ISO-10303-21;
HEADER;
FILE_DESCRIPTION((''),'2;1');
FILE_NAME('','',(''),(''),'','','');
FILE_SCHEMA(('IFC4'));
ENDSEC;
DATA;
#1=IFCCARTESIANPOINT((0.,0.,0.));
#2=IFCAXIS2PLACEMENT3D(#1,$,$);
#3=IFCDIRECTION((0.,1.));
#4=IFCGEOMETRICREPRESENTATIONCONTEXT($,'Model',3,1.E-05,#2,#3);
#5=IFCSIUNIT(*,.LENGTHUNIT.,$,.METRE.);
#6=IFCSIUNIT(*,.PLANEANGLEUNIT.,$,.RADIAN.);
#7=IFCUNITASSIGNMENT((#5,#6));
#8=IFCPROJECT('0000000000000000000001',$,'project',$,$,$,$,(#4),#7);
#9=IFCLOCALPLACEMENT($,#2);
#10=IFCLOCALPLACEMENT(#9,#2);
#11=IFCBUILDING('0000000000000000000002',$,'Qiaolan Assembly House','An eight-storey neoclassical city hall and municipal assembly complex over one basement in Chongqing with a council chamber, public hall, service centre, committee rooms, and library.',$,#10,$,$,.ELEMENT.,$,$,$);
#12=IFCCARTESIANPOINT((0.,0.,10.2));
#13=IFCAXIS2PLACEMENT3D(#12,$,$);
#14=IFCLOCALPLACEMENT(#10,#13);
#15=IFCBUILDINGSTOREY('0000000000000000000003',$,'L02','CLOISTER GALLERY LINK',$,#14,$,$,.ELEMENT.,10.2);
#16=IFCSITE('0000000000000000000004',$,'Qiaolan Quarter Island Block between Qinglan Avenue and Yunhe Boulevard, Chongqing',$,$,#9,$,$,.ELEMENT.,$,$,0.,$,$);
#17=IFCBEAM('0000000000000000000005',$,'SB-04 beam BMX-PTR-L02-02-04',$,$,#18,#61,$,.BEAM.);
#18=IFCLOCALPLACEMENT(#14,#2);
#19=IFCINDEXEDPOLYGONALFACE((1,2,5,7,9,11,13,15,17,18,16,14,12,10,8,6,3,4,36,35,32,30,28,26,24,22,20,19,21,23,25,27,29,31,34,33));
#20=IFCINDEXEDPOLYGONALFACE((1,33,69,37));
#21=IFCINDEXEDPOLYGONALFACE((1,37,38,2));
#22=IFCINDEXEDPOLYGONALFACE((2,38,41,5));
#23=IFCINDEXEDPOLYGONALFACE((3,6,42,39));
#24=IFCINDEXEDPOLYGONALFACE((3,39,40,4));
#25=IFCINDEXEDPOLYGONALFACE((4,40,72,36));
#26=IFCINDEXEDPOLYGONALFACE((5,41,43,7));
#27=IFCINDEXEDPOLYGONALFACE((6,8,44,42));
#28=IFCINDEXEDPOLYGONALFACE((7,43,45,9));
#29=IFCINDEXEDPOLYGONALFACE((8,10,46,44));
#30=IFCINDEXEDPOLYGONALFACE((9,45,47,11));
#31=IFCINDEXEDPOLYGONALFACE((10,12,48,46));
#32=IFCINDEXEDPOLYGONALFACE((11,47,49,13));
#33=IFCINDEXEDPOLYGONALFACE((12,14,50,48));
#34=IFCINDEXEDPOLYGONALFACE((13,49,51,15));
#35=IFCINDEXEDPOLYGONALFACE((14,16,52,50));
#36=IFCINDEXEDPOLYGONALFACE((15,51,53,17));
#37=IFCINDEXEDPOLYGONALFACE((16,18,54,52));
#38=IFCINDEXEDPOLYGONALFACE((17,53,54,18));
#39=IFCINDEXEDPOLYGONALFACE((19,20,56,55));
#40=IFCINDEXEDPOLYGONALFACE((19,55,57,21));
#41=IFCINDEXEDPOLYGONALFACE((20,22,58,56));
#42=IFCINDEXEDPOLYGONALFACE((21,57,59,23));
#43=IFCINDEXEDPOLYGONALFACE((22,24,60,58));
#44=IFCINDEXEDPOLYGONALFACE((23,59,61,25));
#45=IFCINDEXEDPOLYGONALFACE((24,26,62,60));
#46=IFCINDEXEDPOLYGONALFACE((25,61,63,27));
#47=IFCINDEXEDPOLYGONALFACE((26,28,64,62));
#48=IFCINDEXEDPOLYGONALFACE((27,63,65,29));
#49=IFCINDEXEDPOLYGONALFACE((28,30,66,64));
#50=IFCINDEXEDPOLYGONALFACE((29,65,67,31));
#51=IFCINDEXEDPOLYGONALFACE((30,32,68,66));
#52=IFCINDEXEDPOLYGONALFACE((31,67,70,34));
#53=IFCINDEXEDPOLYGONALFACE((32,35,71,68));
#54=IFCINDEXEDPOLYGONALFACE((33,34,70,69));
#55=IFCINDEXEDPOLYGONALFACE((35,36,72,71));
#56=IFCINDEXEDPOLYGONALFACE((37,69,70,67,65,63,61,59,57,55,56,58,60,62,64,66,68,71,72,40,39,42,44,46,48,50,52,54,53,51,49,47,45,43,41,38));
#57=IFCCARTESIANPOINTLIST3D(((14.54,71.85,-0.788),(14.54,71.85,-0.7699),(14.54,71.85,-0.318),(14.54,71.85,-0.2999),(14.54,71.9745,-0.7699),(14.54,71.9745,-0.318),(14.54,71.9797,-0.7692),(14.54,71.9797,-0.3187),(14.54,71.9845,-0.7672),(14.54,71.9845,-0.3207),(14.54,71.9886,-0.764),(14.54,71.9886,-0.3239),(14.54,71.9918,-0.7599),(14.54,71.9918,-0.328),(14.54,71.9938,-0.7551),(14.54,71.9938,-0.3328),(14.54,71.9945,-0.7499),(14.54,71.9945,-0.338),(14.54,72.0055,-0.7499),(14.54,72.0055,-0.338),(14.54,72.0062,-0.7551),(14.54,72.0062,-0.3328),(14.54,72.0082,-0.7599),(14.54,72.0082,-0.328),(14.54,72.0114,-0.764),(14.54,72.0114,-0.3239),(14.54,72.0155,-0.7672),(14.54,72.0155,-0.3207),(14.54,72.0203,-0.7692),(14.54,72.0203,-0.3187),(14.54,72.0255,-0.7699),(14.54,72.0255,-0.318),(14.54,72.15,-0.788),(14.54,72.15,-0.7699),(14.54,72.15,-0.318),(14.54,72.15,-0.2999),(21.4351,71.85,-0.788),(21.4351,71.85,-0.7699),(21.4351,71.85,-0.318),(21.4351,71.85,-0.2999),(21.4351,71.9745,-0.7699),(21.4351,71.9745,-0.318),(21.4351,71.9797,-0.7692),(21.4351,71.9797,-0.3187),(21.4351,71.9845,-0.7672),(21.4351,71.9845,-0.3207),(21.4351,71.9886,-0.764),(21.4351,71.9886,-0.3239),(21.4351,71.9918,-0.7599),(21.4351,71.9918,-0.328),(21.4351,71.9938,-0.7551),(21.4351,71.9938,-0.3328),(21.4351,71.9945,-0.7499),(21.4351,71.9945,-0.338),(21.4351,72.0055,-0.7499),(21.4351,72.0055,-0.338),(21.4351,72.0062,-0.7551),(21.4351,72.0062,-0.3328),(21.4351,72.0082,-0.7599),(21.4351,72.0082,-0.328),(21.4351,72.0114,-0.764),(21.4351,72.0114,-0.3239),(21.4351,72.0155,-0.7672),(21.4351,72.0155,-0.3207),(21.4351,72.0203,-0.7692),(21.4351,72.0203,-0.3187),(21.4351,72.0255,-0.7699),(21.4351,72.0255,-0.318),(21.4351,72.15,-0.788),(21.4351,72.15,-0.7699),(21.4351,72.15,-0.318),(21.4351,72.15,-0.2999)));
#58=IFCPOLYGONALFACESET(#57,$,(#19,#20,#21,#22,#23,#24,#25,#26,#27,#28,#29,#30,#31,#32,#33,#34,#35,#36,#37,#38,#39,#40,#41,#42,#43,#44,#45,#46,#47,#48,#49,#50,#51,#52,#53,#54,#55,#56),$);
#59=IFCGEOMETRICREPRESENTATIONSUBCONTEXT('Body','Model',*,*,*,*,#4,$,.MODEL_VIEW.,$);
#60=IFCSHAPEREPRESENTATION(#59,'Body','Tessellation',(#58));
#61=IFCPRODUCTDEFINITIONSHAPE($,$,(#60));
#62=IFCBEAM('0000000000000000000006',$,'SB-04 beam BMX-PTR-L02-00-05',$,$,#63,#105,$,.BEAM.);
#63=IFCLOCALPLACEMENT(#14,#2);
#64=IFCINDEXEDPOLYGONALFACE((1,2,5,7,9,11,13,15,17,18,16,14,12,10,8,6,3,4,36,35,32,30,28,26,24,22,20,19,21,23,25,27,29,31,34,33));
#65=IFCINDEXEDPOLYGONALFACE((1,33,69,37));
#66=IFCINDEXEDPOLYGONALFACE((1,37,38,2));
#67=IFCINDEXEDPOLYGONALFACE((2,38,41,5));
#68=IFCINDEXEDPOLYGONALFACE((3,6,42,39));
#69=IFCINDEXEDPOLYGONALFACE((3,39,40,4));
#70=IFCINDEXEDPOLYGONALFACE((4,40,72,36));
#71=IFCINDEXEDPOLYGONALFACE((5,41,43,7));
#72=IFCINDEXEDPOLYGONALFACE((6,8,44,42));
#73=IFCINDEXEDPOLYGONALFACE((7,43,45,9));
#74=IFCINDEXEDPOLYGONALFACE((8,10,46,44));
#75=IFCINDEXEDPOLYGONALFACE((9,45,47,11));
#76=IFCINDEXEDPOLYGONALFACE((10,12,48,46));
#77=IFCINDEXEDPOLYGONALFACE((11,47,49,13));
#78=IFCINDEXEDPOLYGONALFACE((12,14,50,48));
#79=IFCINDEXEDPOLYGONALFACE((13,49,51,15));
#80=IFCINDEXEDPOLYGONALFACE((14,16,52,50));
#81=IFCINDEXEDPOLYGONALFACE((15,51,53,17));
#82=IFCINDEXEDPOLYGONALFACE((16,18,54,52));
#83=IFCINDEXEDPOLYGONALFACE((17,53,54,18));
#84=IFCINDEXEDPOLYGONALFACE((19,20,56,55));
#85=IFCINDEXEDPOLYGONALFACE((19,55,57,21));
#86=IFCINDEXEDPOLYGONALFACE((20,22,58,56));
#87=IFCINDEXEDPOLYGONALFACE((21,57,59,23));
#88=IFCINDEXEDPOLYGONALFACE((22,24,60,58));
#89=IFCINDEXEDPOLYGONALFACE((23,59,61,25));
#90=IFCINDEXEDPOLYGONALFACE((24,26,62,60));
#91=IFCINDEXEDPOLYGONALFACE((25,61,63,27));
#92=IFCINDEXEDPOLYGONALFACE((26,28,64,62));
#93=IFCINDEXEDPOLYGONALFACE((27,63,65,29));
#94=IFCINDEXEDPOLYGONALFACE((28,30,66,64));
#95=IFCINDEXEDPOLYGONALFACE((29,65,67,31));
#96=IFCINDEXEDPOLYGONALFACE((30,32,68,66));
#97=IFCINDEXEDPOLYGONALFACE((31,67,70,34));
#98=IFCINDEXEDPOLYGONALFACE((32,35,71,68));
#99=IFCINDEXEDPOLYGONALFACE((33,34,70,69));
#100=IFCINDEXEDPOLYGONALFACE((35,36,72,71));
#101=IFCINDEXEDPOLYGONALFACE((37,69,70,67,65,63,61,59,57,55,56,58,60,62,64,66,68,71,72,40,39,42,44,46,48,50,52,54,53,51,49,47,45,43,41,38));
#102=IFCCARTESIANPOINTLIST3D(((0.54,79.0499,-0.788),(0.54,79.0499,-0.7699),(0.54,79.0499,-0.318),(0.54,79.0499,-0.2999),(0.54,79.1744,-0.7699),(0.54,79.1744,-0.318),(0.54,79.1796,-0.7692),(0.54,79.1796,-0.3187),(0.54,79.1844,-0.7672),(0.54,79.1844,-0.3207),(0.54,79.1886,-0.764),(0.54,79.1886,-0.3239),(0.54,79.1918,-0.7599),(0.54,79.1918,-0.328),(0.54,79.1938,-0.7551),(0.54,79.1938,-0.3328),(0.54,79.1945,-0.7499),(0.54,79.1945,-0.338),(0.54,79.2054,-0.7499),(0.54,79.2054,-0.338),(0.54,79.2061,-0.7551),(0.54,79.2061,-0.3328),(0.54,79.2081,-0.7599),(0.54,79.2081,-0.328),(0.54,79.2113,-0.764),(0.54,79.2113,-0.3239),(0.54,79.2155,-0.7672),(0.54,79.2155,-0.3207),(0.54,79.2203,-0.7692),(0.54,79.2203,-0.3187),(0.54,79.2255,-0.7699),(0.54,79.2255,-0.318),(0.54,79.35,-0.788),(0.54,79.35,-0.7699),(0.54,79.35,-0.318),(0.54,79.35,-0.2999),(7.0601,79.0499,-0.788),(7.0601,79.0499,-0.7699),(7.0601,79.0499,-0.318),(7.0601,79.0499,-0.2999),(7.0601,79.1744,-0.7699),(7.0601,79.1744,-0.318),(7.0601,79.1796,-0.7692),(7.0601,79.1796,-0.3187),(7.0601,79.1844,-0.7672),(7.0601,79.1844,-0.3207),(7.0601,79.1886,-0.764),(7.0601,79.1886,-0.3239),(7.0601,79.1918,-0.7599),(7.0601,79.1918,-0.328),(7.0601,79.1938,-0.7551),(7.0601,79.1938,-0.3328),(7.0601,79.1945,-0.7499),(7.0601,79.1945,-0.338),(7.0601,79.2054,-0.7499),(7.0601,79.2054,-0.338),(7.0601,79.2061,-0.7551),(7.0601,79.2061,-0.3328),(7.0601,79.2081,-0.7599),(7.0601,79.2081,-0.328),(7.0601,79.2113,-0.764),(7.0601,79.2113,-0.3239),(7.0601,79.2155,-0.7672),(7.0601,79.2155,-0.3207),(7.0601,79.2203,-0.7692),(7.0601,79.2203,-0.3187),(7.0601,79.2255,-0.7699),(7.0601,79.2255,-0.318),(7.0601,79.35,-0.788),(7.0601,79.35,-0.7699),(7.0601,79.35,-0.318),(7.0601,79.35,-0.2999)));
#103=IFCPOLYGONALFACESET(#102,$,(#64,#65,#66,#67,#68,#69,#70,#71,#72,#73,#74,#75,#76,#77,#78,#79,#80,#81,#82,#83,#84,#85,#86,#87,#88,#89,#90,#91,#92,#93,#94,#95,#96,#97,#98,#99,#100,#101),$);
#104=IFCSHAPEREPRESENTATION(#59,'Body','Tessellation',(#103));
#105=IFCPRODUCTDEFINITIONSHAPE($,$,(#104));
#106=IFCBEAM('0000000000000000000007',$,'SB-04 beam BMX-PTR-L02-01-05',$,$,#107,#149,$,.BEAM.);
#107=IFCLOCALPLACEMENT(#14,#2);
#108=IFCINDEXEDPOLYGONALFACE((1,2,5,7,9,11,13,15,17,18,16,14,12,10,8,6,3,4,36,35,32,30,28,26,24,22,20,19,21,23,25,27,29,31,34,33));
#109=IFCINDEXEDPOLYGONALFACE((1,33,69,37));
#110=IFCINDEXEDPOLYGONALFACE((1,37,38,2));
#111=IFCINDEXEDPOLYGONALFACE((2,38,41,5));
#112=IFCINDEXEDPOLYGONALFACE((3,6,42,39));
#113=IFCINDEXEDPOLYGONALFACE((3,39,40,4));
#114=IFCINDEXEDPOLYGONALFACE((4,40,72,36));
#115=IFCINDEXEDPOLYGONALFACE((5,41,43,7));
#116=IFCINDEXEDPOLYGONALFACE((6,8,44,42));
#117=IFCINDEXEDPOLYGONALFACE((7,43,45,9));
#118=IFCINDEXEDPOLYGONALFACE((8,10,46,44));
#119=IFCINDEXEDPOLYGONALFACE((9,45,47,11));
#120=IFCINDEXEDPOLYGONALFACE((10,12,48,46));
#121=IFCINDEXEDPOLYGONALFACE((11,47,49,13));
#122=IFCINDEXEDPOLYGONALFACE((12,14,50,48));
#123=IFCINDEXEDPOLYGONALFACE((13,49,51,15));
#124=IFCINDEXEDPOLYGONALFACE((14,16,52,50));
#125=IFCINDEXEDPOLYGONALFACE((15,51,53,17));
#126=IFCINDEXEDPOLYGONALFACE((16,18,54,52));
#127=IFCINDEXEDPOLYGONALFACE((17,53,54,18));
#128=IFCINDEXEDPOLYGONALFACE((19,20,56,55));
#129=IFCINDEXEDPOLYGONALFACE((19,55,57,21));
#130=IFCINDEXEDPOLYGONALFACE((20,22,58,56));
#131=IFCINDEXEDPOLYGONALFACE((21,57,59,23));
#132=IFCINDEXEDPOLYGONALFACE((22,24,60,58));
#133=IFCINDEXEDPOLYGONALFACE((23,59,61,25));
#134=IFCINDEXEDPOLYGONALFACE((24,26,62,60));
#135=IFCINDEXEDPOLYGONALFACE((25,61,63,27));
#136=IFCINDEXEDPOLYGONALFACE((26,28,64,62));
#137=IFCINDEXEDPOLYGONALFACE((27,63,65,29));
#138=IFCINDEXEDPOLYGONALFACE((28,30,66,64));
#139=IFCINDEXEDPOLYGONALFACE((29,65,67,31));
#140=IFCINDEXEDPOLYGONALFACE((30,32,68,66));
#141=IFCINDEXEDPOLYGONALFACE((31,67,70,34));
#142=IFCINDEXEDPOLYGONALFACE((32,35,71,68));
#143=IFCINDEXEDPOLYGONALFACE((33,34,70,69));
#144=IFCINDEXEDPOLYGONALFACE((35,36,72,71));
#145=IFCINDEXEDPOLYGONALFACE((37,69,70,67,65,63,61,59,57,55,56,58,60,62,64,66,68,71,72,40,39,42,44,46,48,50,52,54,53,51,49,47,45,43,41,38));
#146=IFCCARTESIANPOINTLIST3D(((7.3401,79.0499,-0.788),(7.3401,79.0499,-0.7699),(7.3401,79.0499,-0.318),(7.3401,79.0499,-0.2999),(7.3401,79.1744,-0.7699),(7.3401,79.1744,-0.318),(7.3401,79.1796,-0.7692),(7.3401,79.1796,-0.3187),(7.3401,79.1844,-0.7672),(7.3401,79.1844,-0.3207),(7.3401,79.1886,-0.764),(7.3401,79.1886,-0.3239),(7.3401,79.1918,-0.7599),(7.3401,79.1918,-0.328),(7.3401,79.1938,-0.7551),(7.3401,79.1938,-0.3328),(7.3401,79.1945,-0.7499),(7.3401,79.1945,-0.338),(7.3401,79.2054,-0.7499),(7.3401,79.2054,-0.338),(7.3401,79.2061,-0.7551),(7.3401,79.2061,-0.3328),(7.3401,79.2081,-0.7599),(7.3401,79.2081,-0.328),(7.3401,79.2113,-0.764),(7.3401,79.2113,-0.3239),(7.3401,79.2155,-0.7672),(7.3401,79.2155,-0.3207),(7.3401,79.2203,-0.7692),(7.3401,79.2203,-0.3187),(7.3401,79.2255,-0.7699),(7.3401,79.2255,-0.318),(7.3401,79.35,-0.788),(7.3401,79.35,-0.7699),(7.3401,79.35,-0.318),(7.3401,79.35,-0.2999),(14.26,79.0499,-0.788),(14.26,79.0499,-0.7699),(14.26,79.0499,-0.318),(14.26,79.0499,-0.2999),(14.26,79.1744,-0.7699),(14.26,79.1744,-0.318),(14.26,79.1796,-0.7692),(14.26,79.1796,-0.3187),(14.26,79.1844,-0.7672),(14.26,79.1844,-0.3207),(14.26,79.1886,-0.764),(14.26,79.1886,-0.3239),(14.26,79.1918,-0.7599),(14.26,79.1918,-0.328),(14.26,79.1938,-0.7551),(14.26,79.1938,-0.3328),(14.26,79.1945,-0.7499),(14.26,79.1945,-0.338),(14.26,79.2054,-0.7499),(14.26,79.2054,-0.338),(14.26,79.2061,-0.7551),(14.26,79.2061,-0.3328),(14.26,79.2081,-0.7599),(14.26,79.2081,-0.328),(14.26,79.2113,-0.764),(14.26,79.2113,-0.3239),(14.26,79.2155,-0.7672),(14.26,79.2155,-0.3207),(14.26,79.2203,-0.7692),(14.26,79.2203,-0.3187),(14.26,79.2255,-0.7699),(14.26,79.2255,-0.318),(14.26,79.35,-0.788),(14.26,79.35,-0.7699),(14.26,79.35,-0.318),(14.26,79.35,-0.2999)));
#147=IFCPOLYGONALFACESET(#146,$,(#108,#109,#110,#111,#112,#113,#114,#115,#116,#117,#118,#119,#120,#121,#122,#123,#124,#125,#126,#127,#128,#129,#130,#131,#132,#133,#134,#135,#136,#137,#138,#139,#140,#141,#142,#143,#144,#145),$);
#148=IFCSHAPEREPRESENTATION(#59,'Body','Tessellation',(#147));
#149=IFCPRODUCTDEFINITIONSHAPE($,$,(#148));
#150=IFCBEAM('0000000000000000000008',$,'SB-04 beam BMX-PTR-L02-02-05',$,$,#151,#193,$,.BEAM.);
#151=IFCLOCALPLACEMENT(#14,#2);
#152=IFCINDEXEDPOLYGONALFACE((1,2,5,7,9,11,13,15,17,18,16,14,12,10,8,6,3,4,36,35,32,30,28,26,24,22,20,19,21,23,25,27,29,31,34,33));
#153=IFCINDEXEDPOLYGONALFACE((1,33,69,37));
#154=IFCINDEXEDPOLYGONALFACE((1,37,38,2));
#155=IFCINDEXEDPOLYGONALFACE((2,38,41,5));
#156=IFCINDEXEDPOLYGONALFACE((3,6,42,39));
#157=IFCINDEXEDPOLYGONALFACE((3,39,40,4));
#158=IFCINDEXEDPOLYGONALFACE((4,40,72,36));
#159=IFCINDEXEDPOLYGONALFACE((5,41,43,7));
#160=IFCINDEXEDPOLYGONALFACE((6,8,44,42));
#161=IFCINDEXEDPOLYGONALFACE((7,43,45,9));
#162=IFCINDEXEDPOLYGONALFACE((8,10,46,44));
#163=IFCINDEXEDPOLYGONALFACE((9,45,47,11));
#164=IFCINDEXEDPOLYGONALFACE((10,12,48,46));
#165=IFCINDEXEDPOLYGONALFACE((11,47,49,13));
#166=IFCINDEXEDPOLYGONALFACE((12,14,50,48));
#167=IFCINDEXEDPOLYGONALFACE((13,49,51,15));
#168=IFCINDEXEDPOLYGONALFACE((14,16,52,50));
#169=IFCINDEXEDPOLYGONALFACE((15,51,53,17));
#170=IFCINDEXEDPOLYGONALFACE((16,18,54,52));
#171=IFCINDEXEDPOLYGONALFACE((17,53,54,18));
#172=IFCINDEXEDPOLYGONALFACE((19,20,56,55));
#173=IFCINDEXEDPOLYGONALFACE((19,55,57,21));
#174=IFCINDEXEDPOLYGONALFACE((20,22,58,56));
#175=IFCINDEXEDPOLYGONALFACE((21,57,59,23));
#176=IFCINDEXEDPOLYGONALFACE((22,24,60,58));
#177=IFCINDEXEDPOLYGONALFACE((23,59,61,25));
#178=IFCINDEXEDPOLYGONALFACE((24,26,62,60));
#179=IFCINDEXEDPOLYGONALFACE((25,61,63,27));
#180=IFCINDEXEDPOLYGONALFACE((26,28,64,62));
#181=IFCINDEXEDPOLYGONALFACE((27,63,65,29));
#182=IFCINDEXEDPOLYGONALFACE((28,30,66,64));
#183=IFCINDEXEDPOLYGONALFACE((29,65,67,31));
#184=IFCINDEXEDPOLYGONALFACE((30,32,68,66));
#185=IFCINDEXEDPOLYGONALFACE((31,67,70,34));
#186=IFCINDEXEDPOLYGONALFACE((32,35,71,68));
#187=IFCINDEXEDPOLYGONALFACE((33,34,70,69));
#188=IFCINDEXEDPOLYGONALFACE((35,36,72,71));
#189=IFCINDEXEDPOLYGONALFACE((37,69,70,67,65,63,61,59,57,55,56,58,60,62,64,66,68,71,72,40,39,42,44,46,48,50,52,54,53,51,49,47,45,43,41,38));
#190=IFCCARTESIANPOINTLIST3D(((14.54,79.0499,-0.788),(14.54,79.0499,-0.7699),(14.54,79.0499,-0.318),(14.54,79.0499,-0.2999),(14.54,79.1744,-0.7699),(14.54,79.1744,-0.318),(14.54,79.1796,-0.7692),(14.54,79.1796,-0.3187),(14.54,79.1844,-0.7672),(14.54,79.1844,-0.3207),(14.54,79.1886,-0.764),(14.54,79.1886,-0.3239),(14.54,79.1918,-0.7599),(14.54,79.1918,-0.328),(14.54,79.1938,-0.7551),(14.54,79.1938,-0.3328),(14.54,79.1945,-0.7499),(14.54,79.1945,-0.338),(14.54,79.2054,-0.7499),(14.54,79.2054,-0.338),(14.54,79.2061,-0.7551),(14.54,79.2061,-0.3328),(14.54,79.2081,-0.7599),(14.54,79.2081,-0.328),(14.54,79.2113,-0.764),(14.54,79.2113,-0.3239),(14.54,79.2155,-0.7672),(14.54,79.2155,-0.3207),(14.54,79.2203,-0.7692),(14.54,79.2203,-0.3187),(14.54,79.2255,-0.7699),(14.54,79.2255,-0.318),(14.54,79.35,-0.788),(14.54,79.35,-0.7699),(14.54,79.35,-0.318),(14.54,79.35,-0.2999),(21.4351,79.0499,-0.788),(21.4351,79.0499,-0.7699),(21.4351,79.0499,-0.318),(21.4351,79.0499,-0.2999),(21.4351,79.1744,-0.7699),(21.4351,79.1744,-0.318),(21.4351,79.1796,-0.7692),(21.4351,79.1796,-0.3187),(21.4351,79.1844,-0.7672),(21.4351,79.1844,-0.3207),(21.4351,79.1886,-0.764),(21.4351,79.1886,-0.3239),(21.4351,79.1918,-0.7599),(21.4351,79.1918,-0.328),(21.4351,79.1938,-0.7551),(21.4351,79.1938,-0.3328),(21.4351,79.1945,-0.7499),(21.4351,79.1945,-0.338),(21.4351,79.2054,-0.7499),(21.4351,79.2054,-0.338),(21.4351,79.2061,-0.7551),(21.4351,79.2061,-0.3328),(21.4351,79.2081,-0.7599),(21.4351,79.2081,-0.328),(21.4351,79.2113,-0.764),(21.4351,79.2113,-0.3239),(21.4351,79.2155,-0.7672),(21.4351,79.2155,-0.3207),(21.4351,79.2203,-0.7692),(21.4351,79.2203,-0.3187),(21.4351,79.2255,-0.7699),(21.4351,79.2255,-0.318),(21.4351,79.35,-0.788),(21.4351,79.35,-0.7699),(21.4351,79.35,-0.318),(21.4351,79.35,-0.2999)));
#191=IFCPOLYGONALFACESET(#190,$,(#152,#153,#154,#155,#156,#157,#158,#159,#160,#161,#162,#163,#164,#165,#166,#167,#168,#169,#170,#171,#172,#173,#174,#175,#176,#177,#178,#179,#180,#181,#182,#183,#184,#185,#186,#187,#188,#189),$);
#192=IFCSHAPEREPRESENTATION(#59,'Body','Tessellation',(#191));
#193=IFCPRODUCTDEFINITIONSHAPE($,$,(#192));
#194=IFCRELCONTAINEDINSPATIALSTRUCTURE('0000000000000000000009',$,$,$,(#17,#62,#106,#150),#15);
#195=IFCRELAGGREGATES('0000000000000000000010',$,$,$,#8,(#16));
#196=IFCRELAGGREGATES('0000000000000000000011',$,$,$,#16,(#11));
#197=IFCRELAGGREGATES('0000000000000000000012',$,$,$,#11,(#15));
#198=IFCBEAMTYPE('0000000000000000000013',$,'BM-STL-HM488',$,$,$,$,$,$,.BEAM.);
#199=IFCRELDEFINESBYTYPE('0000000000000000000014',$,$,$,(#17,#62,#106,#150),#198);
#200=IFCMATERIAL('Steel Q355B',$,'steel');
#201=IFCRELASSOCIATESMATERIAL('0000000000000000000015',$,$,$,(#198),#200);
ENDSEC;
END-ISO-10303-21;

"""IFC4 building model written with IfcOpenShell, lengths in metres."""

from ifc_helpers import new_model, si_unit, direction, frame, origin, origin_2d, place, context, subcontext, project, spatial, i_section, extrude, material, material_profile, profile_set, type_object, element, save


model = new_model("IFC4")

# Units and contexts
model_context = context("Model", 3, precision=1e-05, world=origin(), true_north=direction((0.0, 1.0)))
body_context = subcontext(model_context, "Body", "Model", "MODEL_VIEW")
ifc_project = project(units=[si_unit("LENGTHUNIT", "METRE"), si_unit("PLANEANGLEUNIT", "RADIAN")], contexts=[model_context])

# Site, building, storey
site_placement = place(None, origin())
site = spatial("IfcSite", under=ifc_project, at=site_placement, Name="Qiaolan Quarter Island Block between Qinglan Avenue and Yunhe Boulevard, Chongqing", CompositionType="ELEMENT", RefElevation=0.0)
building_placement = place(site_placement, origin())
building = spatial("IfcBuilding", under=site, at=building_placement, Name="Qiaolan Assembly House", Description="An eight-storey neoclassical city hall and municipal assembly complex over one basement in Chongqing with a council chamber, public hall, service centre, committee rooms, and library.", CompositionType="ELEMENT")
storey_placement = place(building_placement, frame((0.0, 0.0, 10.2)))
storey = spatial("IfcBuildingStorey", under=building, at=storey_placement, Name="L02", Description="CLOISTER GALLERY LINK", CompositionType="ELEMENT", Elevation=10.2)

# Shared definitions
ifc_material_1 = material(Name="Steel Q355B", Category="steel")

# Beams
ifc_material_profile_1 = material_profile(ifc_material_1, i_section(OverallWidth=0.3, OverallDepth=0.488, WebThickness=0.011, FlangeThickness=0.0181, FilletRadius=0.02, at=origin_2d()), Name="HM 488x300x11x18")
ifc_profile_set_1 = profile_set([ifc_material_profile_1], Name="Steel Q355B")
beam_type_1 = type_object("IfcBeamType", Name="BM-STL-HM488", PredefinedType="BEAM", material=ifc_profile_set_1)
beam_1_placement = place(storey_placement, frame((14.54, 72.0, -0.5439), z_axis=(1.0, 0.0, 0.0), x_axis=(0.0, 1.0, 0.0)))
element("IfcBeam", 1, at=beam_1_placement, inside=storey, type_object=beam_type_1, Name="SB-04 beam BMX-PTR-L02-02-04", PredefinedType="BEAM", context=body_context, shape_type="SweptSolid", body=[
    extrude(i_section(OverallWidth=0.3, OverallDepth=0.488, WebThickness=0.011, FlangeThickness=0.0181, FilletRadius=0.02, at=origin_2d()), origin(), (0.0, 0.0, 1.0), 6.895),
])
beam_2_placement = place(storey_placement, frame((0.54, 79.2, -0.5439), z_axis=(1.0, 0.0, 0.0), x_axis=(0.0, 1.0, 0.0)))
element("IfcBeam", 2, at=beam_2_placement, inside=storey, type_object=beam_type_1, Name="SB-04 beam BMX-PTR-L02-00-05", PredefinedType="BEAM", context=body_context, shape_type="SweptSolid", body=[
    extrude(i_section(OverallWidth=0.3, OverallDepth=0.488, WebThickness=0.011, FlangeThickness=0.0181, FilletRadius=0.02, at=origin_2d()), origin(), (0.0, 0.0, 1.0), 6.52),
])
beam_3_placement = place(storey_placement, frame((7.3401, 79.2, -0.5439), z_axis=(1.0, 0.0, 0.0), x_axis=(0.0, 1.0, 0.0)))
element("IfcBeam", 3, at=beam_3_placement, inside=storey, type_object=beam_type_1, Name="SB-04 beam BMX-PTR-L02-01-05", PredefinedType="BEAM", context=body_context, shape_type="SweptSolid", body=[
    extrude(i_section(OverallWidth=0.3, OverallDepth=0.488, WebThickness=0.011, FlangeThickness=0.0181, FilletRadius=0.02, at=origin_2d()), origin(), (0.0, 0.0, 1.0), 6.9199),
])
beam_4_placement = place(storey_placement, frame((14.54, 79.2, -0.5439), z_axis=(1.0, 0.0, 0.0), x_axis=(0.0, 1.0, 0.0)))
element("IfcBeam", 4, at=beam_4_placement, inside=storey, type_object=beam_type_1, Name="SB-04 beam BMX-PTR-L02-02-05", PredefinedType="BEAM", context=body_context, shape_type="SweptSolid", body=[
    extrude(i_section(OverallWidth=0.3, OverallDepth=0.488, WebThickness=0.011, FlangeThickness=0.0181, FilletRadius=0.02, at=origin_2d()), origin(), (0.0, 0.0, 1.0), 6.895),
])

save(model, "model.ifc")
